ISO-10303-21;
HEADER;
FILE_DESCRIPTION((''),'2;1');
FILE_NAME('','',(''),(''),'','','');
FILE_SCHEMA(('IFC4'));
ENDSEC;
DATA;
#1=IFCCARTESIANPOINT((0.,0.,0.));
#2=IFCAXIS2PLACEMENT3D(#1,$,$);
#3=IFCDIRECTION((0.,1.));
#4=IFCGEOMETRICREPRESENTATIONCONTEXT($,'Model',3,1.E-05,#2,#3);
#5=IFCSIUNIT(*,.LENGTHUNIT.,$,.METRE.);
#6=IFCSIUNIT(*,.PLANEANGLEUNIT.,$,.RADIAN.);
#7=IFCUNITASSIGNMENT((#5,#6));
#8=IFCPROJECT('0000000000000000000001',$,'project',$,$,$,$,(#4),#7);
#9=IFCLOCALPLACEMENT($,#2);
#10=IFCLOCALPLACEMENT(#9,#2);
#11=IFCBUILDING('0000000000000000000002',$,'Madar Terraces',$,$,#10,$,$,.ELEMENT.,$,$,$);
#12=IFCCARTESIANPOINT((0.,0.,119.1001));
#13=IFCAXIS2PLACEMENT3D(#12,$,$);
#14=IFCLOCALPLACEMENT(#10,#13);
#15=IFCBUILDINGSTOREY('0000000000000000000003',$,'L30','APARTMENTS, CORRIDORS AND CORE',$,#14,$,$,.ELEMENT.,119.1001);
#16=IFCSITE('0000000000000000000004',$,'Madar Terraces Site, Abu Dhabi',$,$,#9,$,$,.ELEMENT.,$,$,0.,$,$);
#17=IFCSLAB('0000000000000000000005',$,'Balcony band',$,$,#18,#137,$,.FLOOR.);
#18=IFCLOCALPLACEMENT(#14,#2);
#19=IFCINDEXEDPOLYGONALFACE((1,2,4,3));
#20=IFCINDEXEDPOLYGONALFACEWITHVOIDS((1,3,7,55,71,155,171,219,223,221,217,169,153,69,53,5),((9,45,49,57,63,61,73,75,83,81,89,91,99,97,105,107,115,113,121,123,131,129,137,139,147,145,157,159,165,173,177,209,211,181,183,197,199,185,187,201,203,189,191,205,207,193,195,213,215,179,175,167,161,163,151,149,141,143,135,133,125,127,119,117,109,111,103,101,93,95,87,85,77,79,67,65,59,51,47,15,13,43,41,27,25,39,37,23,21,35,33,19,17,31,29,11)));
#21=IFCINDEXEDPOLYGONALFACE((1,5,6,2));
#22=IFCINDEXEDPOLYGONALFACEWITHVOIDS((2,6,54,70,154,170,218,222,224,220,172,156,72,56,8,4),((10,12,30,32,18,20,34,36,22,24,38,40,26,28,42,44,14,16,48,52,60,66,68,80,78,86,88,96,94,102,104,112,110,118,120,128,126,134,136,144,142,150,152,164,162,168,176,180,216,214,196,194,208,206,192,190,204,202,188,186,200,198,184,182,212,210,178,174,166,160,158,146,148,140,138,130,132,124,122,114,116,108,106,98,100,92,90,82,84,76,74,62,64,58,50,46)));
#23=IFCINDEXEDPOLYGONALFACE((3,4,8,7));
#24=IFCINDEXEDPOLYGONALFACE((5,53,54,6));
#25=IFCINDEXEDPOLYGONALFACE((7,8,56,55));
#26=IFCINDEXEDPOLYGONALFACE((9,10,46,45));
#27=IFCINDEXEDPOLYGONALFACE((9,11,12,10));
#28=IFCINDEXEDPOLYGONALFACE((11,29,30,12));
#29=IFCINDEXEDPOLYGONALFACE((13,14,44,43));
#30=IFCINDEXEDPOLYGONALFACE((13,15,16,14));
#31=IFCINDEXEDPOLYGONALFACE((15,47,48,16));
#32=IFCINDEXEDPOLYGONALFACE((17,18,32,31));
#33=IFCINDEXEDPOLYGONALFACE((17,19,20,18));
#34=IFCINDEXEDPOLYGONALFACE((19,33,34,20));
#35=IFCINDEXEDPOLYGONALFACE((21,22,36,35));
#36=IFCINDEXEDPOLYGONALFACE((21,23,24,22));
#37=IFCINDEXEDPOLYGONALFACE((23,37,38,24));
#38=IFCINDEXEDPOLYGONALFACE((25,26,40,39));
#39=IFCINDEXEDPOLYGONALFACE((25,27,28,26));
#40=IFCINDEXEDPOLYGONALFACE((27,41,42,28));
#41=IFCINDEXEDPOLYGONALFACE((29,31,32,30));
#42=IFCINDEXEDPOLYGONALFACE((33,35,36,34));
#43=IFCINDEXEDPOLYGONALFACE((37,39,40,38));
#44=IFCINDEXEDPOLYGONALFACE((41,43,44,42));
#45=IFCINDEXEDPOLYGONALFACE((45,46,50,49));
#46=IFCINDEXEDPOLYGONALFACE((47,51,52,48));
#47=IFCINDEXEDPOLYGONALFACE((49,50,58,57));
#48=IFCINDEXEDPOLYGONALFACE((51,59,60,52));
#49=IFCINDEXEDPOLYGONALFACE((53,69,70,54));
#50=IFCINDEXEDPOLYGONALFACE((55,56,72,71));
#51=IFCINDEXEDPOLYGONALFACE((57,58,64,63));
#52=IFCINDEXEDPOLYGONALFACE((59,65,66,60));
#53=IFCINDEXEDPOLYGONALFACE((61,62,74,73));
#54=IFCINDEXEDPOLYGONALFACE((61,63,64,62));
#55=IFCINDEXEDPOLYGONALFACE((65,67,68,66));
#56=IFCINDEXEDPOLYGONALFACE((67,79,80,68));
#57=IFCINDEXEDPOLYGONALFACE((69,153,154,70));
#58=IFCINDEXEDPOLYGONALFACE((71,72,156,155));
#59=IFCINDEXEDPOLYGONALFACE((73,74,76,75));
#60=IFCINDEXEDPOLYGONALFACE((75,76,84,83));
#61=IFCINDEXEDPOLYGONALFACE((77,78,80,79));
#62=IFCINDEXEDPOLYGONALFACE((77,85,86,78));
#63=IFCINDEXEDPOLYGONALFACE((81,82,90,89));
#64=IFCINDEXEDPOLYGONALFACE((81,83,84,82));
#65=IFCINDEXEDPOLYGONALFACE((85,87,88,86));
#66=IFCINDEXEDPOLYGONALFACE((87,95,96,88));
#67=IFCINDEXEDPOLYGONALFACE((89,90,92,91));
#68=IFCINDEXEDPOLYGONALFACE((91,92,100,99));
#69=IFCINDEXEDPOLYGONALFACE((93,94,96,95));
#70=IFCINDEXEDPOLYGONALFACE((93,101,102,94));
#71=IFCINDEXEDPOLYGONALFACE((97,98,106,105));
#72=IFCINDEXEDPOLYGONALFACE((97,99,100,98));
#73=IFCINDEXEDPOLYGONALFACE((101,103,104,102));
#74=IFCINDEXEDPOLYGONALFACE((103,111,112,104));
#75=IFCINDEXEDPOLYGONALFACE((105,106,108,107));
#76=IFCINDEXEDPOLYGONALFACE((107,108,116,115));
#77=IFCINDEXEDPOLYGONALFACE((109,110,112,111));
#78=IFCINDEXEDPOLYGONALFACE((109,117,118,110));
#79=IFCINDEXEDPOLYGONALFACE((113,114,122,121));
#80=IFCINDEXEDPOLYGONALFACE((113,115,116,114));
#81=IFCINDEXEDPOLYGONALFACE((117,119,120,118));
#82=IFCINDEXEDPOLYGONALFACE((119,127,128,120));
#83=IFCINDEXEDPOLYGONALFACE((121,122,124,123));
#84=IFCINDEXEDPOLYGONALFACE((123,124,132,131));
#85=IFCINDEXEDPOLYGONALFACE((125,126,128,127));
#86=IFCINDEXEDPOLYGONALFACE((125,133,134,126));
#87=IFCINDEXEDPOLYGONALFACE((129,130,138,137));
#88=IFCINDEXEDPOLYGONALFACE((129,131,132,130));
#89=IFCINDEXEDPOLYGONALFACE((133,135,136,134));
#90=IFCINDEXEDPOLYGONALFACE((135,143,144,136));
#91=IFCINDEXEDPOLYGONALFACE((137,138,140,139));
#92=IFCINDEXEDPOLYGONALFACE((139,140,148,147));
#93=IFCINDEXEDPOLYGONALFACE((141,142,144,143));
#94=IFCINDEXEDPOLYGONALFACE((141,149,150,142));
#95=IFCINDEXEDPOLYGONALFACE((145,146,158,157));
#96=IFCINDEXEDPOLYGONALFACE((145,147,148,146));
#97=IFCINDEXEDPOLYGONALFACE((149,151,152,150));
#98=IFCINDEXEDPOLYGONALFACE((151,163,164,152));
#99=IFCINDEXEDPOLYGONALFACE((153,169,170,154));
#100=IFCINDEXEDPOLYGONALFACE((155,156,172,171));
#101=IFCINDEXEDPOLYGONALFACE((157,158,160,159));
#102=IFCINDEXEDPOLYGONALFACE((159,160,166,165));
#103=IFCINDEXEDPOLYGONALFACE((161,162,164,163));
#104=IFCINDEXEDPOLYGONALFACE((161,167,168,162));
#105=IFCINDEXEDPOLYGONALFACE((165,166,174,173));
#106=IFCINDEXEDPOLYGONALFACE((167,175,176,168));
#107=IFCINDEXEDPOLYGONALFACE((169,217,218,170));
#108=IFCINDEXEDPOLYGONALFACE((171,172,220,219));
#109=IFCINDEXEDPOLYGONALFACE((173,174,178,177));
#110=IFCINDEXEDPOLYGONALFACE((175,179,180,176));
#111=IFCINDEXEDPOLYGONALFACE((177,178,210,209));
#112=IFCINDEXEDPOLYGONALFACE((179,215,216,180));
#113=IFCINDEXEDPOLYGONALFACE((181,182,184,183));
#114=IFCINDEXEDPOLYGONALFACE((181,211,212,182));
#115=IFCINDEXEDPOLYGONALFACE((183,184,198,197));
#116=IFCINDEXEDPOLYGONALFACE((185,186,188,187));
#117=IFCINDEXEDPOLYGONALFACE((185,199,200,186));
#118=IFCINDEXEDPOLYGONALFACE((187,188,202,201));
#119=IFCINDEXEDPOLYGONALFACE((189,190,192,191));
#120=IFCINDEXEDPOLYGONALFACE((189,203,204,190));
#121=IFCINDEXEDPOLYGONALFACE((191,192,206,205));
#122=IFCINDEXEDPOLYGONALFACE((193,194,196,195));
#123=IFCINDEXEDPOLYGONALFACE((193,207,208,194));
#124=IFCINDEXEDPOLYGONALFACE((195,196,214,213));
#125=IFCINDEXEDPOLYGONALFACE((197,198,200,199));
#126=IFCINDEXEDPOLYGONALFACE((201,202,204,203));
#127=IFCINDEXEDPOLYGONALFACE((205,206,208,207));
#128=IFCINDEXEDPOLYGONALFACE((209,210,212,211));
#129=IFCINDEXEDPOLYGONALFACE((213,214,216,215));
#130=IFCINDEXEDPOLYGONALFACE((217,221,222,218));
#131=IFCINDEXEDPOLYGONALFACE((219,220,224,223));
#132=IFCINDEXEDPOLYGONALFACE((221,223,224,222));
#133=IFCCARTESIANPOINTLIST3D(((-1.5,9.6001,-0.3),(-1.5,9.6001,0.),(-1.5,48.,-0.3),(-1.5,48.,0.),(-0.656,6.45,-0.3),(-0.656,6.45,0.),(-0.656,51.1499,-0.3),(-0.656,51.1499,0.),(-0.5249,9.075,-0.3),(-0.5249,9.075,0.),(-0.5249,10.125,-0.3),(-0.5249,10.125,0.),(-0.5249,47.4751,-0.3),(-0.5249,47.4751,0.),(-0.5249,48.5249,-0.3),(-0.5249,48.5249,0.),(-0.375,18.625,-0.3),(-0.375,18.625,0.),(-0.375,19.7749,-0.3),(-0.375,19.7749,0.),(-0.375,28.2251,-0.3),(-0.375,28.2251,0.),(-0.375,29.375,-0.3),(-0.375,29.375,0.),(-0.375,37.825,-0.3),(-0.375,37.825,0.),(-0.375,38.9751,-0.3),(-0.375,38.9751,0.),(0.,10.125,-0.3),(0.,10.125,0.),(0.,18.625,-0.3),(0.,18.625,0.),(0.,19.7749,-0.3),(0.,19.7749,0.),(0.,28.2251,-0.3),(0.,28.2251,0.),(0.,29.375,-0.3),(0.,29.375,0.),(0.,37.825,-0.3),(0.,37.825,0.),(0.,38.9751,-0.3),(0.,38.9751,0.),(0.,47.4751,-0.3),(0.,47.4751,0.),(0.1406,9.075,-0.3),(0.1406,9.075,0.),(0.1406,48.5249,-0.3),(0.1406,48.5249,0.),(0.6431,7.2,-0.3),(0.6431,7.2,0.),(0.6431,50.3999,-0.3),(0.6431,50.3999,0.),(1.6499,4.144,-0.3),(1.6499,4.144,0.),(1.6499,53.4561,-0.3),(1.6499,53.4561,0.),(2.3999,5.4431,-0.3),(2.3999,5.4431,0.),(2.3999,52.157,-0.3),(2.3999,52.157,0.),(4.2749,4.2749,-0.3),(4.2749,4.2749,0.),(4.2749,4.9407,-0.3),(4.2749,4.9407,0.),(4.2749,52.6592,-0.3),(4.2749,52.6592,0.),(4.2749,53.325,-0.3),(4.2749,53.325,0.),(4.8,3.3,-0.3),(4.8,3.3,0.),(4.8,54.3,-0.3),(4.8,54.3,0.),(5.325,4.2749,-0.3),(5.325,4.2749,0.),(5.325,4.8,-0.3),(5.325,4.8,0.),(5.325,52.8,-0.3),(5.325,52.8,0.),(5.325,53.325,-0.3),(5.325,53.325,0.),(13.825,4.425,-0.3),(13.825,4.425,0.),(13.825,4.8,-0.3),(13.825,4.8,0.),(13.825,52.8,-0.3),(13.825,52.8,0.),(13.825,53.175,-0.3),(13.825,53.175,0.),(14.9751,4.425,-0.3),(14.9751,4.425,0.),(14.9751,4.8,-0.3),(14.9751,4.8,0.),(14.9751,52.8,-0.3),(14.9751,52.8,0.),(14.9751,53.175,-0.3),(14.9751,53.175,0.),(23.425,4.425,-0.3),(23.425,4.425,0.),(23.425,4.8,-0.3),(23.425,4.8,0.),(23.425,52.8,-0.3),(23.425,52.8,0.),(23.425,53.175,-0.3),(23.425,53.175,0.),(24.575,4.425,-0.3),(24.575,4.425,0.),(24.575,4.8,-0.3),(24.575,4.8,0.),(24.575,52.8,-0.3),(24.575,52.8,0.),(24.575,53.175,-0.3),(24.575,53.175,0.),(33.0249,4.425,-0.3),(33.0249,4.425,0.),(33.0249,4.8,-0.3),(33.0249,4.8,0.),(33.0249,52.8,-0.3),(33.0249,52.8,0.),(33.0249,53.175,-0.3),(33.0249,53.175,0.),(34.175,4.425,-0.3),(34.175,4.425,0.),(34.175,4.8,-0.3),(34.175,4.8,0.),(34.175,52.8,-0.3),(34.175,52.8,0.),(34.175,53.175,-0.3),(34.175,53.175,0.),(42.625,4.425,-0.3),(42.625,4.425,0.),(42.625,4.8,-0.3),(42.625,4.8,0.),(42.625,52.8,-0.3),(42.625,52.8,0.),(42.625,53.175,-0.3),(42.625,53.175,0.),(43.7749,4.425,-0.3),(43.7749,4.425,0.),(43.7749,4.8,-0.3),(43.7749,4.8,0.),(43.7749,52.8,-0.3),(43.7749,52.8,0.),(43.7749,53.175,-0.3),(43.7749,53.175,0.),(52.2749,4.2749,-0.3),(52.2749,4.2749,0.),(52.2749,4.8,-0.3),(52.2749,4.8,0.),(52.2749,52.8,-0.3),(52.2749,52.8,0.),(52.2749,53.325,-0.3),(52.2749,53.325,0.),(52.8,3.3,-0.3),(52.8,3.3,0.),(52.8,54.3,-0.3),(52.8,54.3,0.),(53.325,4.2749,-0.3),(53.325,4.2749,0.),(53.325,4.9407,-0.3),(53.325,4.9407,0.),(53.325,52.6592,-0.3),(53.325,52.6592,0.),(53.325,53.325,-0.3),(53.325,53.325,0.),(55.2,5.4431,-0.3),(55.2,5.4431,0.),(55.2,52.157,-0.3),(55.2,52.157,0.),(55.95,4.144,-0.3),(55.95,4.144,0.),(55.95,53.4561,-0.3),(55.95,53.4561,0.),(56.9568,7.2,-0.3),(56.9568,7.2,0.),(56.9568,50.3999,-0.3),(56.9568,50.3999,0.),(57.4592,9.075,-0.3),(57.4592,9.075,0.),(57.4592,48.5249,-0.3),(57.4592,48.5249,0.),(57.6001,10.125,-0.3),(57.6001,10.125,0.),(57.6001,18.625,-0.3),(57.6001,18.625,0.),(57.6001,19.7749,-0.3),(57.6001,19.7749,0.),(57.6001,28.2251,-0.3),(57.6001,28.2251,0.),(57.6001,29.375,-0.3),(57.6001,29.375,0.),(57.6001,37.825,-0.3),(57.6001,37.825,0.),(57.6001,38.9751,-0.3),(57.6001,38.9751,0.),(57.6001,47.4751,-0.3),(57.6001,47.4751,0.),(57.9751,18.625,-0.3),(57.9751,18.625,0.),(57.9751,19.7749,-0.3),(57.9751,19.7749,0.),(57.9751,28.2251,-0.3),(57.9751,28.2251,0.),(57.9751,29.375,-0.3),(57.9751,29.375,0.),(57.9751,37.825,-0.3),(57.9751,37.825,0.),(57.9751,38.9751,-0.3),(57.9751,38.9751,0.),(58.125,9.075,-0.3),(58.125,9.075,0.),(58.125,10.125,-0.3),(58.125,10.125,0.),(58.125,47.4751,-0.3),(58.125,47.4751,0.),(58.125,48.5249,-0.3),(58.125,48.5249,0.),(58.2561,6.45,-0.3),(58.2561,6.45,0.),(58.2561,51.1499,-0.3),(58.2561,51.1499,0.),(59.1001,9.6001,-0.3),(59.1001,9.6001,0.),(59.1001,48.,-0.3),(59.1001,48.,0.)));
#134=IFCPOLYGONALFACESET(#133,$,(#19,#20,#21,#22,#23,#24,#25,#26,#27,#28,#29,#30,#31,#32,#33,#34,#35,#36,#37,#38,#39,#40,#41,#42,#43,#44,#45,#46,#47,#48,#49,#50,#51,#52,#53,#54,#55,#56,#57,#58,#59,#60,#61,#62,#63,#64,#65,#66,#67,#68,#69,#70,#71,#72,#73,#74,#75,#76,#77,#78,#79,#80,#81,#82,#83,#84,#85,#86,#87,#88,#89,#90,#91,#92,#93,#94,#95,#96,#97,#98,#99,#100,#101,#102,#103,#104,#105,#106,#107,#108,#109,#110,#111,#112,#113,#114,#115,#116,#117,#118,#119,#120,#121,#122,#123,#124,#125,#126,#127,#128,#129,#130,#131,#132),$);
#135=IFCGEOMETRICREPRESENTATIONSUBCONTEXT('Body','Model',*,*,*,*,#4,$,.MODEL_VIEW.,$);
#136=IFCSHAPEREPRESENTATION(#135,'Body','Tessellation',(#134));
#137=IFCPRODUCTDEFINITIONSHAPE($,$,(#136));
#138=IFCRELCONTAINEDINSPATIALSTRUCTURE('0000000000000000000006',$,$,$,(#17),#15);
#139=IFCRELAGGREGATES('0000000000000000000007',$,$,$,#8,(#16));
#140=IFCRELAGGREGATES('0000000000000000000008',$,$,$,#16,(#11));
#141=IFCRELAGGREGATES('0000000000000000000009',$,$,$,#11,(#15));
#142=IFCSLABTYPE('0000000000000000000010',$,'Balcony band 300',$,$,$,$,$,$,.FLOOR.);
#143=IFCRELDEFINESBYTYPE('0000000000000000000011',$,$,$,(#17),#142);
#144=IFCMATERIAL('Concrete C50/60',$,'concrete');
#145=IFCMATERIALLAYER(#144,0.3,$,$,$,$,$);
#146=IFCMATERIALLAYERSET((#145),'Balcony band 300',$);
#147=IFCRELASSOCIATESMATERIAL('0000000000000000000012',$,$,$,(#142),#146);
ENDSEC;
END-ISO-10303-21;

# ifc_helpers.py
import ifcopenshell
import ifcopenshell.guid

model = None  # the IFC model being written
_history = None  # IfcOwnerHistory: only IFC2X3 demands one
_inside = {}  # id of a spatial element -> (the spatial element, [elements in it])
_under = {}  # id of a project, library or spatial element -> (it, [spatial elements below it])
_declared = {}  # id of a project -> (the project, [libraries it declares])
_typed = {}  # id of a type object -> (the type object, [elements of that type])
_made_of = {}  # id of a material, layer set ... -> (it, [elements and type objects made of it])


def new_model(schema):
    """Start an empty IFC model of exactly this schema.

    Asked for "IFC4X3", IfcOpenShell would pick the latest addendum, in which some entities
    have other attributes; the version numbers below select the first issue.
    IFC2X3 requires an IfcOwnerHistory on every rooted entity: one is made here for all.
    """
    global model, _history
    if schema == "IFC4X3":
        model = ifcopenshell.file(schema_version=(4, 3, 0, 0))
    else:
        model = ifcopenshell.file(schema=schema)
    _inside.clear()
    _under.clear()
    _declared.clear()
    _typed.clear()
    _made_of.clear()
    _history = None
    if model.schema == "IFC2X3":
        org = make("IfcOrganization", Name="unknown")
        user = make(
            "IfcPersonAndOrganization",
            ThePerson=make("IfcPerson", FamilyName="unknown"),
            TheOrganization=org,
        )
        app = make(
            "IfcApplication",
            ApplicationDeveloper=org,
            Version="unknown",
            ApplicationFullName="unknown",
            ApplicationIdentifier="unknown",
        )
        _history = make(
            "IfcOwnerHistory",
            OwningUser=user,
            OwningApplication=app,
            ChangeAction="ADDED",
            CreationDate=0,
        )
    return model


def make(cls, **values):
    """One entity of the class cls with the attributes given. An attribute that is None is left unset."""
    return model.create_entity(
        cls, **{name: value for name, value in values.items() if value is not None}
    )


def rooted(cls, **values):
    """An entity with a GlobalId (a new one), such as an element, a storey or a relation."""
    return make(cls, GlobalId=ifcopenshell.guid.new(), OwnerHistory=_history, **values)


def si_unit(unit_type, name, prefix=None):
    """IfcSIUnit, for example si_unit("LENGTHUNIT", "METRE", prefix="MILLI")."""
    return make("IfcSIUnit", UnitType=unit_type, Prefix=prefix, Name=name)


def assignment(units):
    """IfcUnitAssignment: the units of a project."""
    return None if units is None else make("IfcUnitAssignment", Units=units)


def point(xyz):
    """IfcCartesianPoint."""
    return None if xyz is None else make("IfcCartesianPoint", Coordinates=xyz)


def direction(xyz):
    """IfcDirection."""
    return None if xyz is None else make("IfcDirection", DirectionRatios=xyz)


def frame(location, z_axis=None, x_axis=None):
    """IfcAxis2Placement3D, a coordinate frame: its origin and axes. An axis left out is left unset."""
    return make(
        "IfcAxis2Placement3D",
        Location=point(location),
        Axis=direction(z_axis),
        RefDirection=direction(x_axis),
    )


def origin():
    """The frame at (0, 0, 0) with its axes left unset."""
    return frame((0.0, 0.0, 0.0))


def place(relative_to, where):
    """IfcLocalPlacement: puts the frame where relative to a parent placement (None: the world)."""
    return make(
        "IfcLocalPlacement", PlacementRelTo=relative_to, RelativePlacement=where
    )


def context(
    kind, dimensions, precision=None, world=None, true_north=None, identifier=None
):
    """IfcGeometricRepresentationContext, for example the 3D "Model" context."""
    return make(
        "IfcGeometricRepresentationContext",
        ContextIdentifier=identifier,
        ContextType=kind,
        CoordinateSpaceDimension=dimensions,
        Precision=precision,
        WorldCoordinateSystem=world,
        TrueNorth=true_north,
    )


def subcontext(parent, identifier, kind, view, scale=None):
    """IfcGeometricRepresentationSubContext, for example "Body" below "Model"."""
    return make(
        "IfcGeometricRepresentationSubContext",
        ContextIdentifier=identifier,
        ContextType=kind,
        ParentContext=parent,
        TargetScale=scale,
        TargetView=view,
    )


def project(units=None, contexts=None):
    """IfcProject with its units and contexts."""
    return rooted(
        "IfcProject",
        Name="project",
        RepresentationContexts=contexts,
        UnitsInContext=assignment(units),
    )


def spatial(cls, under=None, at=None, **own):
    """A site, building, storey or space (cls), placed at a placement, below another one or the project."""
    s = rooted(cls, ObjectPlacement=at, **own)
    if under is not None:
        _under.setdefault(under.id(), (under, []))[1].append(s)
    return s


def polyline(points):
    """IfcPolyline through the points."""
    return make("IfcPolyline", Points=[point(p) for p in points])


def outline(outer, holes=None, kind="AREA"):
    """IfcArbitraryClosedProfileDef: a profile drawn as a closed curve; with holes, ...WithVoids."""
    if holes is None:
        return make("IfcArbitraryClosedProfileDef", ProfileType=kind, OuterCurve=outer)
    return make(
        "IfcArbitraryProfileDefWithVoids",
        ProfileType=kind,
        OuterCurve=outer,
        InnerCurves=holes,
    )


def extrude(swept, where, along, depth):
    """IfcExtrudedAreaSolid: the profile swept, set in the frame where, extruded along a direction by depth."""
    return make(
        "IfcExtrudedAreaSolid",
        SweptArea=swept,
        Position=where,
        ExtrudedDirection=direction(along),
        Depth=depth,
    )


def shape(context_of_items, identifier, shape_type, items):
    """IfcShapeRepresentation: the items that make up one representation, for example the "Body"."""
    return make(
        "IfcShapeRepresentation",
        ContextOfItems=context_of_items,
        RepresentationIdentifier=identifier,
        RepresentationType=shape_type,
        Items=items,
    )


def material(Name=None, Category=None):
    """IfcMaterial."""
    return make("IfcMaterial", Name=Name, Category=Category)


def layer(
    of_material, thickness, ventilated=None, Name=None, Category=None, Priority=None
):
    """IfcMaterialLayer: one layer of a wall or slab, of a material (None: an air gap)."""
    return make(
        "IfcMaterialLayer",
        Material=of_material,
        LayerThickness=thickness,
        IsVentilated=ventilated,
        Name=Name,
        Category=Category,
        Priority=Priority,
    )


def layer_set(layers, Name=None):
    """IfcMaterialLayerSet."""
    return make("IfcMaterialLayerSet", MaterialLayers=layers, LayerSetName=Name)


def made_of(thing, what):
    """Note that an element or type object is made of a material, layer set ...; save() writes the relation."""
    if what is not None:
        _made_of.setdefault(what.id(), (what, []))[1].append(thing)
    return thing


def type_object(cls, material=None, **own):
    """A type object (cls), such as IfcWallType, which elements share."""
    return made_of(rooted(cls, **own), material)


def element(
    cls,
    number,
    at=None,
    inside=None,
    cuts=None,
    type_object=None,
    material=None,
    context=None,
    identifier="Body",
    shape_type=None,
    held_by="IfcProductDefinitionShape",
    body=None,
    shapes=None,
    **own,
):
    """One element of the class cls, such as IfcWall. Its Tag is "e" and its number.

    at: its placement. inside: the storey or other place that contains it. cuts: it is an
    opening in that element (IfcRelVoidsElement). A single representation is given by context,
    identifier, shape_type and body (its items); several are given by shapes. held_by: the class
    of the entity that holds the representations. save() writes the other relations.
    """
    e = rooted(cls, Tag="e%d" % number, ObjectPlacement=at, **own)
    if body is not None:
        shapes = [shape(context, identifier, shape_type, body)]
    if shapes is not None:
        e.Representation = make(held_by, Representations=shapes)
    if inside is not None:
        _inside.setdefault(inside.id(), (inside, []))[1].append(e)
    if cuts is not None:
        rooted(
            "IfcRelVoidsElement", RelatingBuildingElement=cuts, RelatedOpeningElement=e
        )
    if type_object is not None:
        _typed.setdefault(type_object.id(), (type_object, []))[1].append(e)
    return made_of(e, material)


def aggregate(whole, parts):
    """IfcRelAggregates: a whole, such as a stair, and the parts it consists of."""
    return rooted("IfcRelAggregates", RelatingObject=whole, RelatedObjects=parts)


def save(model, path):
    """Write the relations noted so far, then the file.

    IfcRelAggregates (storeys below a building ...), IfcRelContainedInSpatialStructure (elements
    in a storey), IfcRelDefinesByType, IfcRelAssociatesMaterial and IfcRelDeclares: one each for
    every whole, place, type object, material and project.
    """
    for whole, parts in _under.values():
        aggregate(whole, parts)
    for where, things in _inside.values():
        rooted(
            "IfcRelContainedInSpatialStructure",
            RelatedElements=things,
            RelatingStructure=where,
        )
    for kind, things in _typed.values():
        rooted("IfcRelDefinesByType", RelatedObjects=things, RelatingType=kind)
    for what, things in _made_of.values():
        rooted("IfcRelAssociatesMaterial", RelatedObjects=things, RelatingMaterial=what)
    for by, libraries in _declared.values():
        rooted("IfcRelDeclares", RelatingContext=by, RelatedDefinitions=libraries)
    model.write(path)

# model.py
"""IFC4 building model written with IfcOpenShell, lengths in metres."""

from ifc_helpers import new_model, si_unit, direction, frame, origin, place, context, subcontext, project, spatial, polyline, outline, extrude, material, layer, layer_set, type_object, element, save


model = new_model("IFC4")

# Units and contexts
model_context = context("Model", 3, precision=1e-05, world=origin(), true_north=direction((0.0, 1.0)))
body_context = subcontext(model_context, "Body", "Model", "MODEL_VIEW")
ifc_project = project(units=[si_unit("LENGTHUNIT", "METRE"), si_unit("PLANEANGLEUNIT", "RADIAN")], contexts=[model_context])

# Site, building, storey
site_placement = place(None, origin())
site = spatial("IfcSite", under=ifc_project, at=site_placement, Name="Madar Terraces Site, Abu Dhabi", CompositionType="ELEMENT", RefElevation=0.0)
building_placement = place(site_placement, origin())
building = spatial("IfcBuilding", under=site, at=building_placement, Name="Madar Terraces", CompositionType="ELEMENT")
storey_placement = place(building_placement, frame((0.0, 0.0, 119.1001)))
storey = spatial("IfcBuildingStorey", under=building, at=storey_placement, Name="L30", Description="APARTMENTS, CORRIDORS AND CORE", CompositionType="ELEMENT", Elevation=119.1001)

# Slab
ifc_material_1 = material(Name="Concrete C50/60", Category="concrete")
ifc_layer_1 = layer(ifc_material_1, 0.3)
ifc_layer_set_1 = layer_set([ifc_layer_1], Name="Balcony band 300")
slab_type_1 = type_object("IfcSlabType", Name="Balcony band 300", PredefinedType="FLOOR", material=ifc_layer_set_1)
slab_1_placement = place(storey_placement, frame((0.0, 0.0, -0.3)))
element("IfcSlab", 1, at=slab_1_placement, inside=storey, type_object=slab_type_1, Name="Balcony band", PredefinedType="FLOOR", context=body_context, shape_type="SweptSolid", body=[
    extrude(outline(polyline([(4.8, 3.3), (1.6499, 4.144), (-0.656, 6.45), (-1.5, 9.6001), (-1.5, 48.0), (-0.656, 51.1499), (1.6499, 53.4561), (4.8, 54.3), (52.8, 54.3), (55.95, 53.4561), (58.2561, 51.1499), (59.1001, 48.0), (59.1001, 9.6001), (58.2561, 6.45), (55.95, 4.144), (52.8, 3.3), (4.8, 3.3)]), holes=[polyline([(5.325, 4.2749), (5.325, 4.8), (13.825, 4.8), (13.825, 4.425), (14.9751, 4.425), (14.9751, 4.8), (23.425, 4.8), (23.425, 4.425), (24.575, 4.425), (24.575, 4.8), (33.0249, 4.8), (33.0249, 4.425), (34.175, 4.425), (34.175, 4.8), (42.625, 4.8), (42.625, 4.425), (43.7749, 4.425), (43.7749, 4.8), (52.2749, 4.8), (52.2749, 4.2749), (53.325, 4.2749), (53.325, 4.9407), (55.2, 5.4431), (56.9568, 7.2), (57.4592, 9.075), (58.125, 9.075), (58.125, 10.125), (57.6001, 10.125), (57.6001, 18.625), (57.9751, 18.625), (57.9751, 19.7749), (57.6001, 19.7749), (57.6001, 28.2251), (57.9751, 28.2251), (57.9751, 29.375), (57.6001, 29.375), (57.6001, 37.825), (57.9751, 37.825), (57.9751, 38.9751), (57.6001, 38.9751), (57.6001, 47.4751), (58.125, 47.4751), (58.125, 48.5249), (57.4592, 48.5249), (56.9568, 50.3999), (55.2, 52.157), (53.325, 52.6592), (53.325, 53.325), (52.2749, 53.325), (52.2749, 52.8), (43.7749, 52.8), (43.7749, 53.175), (42.625, 53.175), (42.625, 52.8), (34.175, 52.8), (34.175, 53.175), (33.0249, 53.175), (33.0249, 52.8), (24.575, 52.8), (24.575, 53.175), (23.425, 53.175), (23.425, 52.8), (14.9751, 52.8), (14.9751, 53.175), (13.825, 53.175), (13.825, 52.8), (5.325, 52.8), (5.325, 53.325), (4.2749, 53.325), (4.2749, 52.6592), (2.3999, 52.157), (0.6431, 50.3999), (0.1406, 48.5249), (-0.5249, 48.5249), (-0.5249, 47.4751), (0.0, 47.4751), (0.0, 38.9751), (-0.375, 38.9751), (-0.375, 37.825), (0.0, 37.825), (0.0, 29.375), (-0.375, 29.375), (-0.375, 28.2251), (0.0, 28.2251), (0.0, 19.7749), (-0.375, 19.7749), (-0.375, 18.625), (0.0, 18.625), (0.0, 10.125), (-0.5249, 10.125), (-0.5249, 9.075), (0.1406, 9.075), (0.6431, 7.2), (2.3999, 5.4431), (4.2749, 4.9407), (4.2749, 4.2749), (5.325, 4.2749)])]), origin(), (0.0, 0.0, 1.0), 0.3),
])

save(model, "model.ifc")
